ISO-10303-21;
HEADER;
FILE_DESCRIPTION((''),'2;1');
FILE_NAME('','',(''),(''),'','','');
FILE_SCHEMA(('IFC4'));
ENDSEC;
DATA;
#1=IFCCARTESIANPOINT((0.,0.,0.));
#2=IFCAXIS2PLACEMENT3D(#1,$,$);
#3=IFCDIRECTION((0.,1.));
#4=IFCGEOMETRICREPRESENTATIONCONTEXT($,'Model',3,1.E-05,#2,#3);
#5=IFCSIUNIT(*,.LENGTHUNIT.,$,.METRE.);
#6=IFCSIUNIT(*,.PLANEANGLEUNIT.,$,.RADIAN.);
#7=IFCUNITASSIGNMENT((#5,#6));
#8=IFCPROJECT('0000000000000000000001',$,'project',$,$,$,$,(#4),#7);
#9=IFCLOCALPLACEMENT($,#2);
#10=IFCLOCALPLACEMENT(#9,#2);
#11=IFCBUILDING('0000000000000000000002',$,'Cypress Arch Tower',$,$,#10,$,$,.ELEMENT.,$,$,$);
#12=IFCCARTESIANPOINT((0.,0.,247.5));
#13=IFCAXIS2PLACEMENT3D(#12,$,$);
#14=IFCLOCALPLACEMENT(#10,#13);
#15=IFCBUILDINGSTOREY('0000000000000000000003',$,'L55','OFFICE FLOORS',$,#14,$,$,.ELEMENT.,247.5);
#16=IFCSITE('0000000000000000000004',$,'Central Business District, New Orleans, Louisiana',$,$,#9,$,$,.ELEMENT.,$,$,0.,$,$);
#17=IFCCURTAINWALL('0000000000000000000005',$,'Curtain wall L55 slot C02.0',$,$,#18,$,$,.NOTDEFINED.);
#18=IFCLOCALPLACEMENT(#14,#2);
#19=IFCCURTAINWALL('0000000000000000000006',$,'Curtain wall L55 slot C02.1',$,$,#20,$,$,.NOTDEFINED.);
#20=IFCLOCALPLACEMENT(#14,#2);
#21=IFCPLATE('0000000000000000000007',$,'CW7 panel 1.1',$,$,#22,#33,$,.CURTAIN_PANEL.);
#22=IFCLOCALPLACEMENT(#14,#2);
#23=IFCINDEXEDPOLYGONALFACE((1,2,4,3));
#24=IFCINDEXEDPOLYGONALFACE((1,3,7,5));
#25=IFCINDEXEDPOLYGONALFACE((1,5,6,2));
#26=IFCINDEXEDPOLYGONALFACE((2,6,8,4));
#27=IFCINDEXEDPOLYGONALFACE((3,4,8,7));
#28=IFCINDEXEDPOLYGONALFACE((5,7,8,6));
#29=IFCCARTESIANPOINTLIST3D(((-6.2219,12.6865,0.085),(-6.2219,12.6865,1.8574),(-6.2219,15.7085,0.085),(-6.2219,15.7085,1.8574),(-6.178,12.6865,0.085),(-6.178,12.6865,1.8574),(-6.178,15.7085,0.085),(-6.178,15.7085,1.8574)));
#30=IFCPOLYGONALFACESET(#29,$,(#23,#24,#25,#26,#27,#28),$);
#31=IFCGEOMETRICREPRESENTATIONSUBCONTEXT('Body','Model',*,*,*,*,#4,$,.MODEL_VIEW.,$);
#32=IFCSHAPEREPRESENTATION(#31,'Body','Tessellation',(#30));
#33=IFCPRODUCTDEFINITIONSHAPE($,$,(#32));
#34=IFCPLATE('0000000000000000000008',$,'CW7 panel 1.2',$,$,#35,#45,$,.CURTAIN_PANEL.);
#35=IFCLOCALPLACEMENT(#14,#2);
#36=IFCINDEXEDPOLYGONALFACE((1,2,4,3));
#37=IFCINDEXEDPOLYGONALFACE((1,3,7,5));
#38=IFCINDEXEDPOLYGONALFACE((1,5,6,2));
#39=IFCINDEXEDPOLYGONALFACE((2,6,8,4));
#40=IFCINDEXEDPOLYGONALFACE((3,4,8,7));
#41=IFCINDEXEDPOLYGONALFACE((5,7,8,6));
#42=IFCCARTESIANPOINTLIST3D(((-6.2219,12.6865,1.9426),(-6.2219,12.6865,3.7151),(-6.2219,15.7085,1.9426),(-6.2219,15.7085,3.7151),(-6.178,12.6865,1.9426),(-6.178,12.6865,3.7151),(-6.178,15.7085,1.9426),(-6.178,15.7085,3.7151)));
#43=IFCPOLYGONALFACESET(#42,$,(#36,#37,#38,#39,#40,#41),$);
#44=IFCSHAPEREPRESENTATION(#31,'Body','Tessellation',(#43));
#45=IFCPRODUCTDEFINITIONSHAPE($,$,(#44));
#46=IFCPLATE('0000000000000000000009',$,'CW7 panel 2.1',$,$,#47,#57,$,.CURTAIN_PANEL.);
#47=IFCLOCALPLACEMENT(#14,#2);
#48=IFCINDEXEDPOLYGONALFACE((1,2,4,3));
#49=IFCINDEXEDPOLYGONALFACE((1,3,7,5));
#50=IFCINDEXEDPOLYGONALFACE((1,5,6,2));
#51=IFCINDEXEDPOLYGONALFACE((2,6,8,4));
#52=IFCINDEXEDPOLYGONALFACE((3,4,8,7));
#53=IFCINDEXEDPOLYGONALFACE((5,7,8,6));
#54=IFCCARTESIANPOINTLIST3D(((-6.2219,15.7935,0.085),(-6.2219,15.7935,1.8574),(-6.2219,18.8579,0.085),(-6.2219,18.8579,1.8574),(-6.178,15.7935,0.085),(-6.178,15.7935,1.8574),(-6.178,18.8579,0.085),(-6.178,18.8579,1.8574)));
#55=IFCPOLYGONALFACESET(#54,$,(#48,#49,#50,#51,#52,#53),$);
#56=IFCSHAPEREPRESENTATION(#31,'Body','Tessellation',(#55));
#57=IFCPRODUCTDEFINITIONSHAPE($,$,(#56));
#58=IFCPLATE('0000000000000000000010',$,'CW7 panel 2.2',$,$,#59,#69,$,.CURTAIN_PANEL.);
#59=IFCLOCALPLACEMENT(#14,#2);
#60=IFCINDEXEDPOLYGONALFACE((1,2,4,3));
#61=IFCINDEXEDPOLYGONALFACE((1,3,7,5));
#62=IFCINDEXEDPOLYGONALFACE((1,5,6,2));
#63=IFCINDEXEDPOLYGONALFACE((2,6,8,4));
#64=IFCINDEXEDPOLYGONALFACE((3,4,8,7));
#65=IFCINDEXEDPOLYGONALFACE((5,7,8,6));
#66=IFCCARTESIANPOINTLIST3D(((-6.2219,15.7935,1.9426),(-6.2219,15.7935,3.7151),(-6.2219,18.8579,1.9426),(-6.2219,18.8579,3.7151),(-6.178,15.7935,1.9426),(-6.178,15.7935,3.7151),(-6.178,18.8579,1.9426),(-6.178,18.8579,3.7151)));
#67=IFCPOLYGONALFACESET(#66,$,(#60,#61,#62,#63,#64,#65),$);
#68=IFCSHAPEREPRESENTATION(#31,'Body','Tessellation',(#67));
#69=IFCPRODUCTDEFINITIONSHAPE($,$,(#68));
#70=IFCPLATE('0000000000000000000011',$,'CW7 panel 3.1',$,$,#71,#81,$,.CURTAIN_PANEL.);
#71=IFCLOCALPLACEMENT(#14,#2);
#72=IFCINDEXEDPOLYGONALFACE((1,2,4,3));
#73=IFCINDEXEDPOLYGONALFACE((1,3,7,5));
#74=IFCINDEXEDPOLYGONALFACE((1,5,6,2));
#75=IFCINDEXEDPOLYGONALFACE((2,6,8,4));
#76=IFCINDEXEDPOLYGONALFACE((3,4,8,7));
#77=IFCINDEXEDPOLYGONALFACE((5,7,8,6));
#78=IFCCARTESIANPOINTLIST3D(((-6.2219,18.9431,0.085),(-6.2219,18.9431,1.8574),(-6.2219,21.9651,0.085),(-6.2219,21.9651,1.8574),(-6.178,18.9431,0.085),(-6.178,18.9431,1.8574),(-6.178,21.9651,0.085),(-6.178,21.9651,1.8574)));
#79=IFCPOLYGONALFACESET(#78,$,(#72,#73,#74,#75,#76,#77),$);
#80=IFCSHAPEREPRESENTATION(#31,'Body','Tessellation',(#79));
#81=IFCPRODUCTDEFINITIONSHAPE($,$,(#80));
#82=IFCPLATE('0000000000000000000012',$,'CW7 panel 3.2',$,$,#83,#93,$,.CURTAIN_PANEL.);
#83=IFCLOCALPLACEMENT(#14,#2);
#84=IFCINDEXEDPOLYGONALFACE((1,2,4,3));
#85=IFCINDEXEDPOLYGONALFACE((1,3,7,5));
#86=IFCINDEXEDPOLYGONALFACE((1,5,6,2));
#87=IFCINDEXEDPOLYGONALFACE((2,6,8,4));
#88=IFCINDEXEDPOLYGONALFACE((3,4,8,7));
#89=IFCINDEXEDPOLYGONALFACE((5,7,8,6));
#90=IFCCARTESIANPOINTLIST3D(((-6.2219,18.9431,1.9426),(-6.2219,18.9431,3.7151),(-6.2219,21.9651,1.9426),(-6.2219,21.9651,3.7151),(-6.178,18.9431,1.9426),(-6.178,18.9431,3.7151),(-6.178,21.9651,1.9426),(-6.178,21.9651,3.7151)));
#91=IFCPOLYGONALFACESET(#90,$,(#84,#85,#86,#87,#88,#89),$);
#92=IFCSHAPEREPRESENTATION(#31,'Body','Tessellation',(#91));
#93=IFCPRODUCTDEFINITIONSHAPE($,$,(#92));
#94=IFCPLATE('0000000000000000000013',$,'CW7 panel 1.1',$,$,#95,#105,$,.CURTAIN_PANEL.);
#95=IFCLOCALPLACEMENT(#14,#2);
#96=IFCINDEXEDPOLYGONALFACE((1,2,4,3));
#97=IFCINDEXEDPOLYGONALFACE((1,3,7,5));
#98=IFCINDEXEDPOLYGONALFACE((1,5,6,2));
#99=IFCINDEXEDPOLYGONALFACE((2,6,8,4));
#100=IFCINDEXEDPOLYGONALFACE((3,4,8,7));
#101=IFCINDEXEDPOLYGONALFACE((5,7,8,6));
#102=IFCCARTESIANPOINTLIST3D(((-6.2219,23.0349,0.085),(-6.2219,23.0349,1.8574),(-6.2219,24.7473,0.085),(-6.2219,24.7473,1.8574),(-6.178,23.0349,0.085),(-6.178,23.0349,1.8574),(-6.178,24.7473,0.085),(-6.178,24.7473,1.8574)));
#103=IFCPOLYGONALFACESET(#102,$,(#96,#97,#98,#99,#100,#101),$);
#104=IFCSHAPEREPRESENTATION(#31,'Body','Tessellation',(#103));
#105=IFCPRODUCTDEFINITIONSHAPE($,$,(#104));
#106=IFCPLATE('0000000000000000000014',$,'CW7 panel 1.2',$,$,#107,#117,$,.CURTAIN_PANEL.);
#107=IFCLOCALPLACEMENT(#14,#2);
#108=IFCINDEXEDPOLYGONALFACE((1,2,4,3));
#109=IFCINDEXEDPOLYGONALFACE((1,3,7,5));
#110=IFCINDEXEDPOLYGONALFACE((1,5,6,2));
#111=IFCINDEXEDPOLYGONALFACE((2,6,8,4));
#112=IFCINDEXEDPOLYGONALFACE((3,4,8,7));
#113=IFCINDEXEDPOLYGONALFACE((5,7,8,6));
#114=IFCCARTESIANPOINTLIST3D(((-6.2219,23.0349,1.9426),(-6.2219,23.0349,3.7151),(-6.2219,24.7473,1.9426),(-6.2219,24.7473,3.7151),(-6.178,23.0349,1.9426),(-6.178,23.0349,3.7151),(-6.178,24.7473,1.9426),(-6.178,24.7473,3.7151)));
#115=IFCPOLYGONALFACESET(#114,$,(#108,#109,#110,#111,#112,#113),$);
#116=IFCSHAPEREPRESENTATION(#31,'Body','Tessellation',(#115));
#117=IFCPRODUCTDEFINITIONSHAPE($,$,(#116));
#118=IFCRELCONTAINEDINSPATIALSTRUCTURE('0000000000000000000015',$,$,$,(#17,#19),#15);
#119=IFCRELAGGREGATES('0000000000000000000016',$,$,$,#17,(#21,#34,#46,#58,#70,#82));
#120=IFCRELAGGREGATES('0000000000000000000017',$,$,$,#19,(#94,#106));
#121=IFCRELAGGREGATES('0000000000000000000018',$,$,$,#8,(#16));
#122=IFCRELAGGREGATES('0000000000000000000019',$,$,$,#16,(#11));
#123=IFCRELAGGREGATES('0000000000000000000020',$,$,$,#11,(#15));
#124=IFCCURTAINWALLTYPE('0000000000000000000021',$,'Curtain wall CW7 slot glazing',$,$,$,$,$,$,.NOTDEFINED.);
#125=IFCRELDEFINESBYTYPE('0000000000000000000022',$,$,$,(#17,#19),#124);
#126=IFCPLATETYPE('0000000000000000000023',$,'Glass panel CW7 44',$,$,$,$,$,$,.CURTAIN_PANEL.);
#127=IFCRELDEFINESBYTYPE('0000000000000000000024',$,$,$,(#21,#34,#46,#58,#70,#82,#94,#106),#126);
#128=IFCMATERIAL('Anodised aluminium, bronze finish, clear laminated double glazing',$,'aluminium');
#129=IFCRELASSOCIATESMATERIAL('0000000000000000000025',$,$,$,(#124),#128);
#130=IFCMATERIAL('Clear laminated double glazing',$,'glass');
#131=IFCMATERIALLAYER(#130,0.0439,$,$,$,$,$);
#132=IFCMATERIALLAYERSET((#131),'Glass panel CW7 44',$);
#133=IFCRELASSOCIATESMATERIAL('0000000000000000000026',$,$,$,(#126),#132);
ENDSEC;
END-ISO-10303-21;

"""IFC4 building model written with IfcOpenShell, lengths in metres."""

from ifc_helpers import new_model, si_unit, direction, frame, origin, origin_2d, place, context, subcontext, project, spatial, rectangle, extrude, material, layer, layer_set, type_object, element, aggregate, save


model = new_model("IFC4")

# Units and contexts
model_context = context("Model", 3, precision=1e-05, world=origin(), true_north=direction((0.0, 1.0)))
body_context = subcontext(model_context, "Body", "Model", "MODEL_VIEW")
ifc_project = project(units=[si_unit("LENGTHUNIT", "METRE"), si_unit("PLANEANGLEUNIT", "RADIAN")], contexts=[model_context])

# Site, building, storey
site_placement = place(None, origin())
site = spatial("IfcSite", under=ifc_project, at=site_placement, Name="Central Business District, New Orleans, Louisiana", CompositionType="ELEMENT", RefElevation=0.0)
building_placement = place(site_placement, origin())
building = spatial("IfcBuilding", under=site, at=building_placement, Name="Cypress Arch Tower", CompositionType="ELEMENT")
storey_placement = place(building_placement, frame((0.0, 0.0, 247.5)))
storey = spatial("IfcBuildingStorey", under=building, at=storey_placement, Name="L55", Description="OFFICE FLOORS", CompositionType="ELEMENT", Elevation=247.5)

# Shared definitions
ifc_material_1 = material(Name="Anodised aluminium, bronze finish, clear laminated double glazing", Category="aluminium")
curtain_wall_type = type_object("IfcCurtainWallType", Name="Curtain wall CW7 slot glazing", PredefinedType="NOTDEFINED", material=ifc_material_1)

# Curtain walls
curtain_wall_1_placement = place(storey_placement, origin())
curtain_wall_1 = element("IfcCurtainWall", 1, at=curtain_wall_1_placement, inside=storey, type_object=curtain_wall_type, Name="Curtain wall L55 slot C02.0", PredefinedType="NOTDEFINED")
curtain_wall_2_placement = place(storey_placement, origin())
curtain_wall_2 = element("IfcCurtainWall", 2, at=curtain_wall_2_placement, inside=storey, type_object=curtain_wall_type, Name="Curtain wall L55 slot C02.1", PredefinedType="NOTDEFINED")

# Plates
ifc_material_2 = material(Name="Clear laminated double glazing", Category="glass")
ifc_layer = layer(ifc_material_2, 0.0439)
ifc_layer_set = layer_set([ifc_layer], Name="Glass panel CW7 44")
plate_type = type_object("IfcPlateType", Name="Glass panel CW7 44", PredefinedType="CURTAIN_PANEL", material=ifc_layer_set)
plate_1_placement = place(storey_placement, frame((-6.2, 14.1975, 0.085), z_axis=(0.0, 0.0, 1.0), x_axis=(0.0, 1.0, 0.0)))
plate_1 = element("IfcPlate", 3, at=plate_1_placement, type_object=plate_type, Name="CW7 panel 1.1", PredefinedType="CURTAIN_PANEL", context=body_context, shape_type="SweptSolid", body=[
    extrude(rectangle(XDim=3.022, YDim=0.0439, at=origin_2d()), origin(), (0.0, 0.0, 1.0), 1.7725),
])
plate_2_placement = place(storey_placement, frame((-6.2, 14.1975, 1.9426), z_axis=(0.0, 0.0, 1.0), x_axis=(0.0, 1.0, 0.0)))
plate_2 = element("IfcPlate", 4, at=plate_2_placement, type_object=plate_type, Name="CW7 panel 1.2", PredefinedType="CURTAIN_PANEL", context=body_context, shape_type="SweptSolid", body=[
    extrude(rectangle(XDim=3.022, YDim=0.0439, at=origin_2d()), origin(), (0.0, 0.0, 1.0), 1.7725),
])
plate_3_placement = place(storey_placement, frame((-6.2, 17.3257, 0.085), z_axis=(0.0, 0.0, 1.0), x_axis=(0.0, 1.0, 0.0)))
plate_3 = element("IfcPlate", 5, at=plate_3_placement, type_object=plate_type, Name="CW7 panel 2.1", PredefinedType="CURTAIN_PANEL", context=body_context, shape_type="SweptSolid", body=[
    extrude(rectangle(XDim=3.0645, YDim=0.0439, at=origin_2d()), origin(), (0.0, 0.0, 1.0), 1.7725),
])
plate_4_placement = place(storey_placement, frame((-6.2, 17.3257, 1.9426), z_axis=(0.0, 0.0, 1.0), x_axis=(0.0, 1.0, 0.0)))
plate_4 = element("IfcPlate", 6, at=plate_4_placement, type_object=plate_type, Name="CW7 panel 2.2", PredefinedType="CURTAIN_PANEL", context=body_context, shape_type="SweptSolid", body=[
    extrude(rectangle(XDim=3.0645, YDim=0.0439, at=origin_2d()), origin(), (0.0, 0.0, 1.0), 1.7725),
])
plate_5_placement = place(storey_placement, frame((-6.2, 20.4541, 0.085), z_axis=(0.0, 0.0, 1.0), x_axis=(0.0, 1.0, 0.0)))
plate_5 = element("IfcPlate", 7, at=plate_5_placement, type_object=plate_type, Name="CW7 panel 3.1", PredefinedType="CURTAIN_PANEL", context=body_context, shape_type="SweptSolid", body=[
    extrude(rectangle(XDim=3.022, YDim=0.0439, at=origin_2d()), origin(), (0.0, 0.0, 1.0), 1.7725),
])
plate_6_placement = place(storey_placement, frame((-6.2, 20.4541, 1.9426), z_axis=(0.0, 0.0, 1.0), x_axis=(0.0, 1.0, 0.0)))
plate_6 = element("IfcPlate", 8, at=plate_6_placement, type_object=plate_type, Name="CW7 panel 3.2", PredefinedType="CURTAIN_PANEL", context=body_context, shape_type="SweptSolid", body=[
    extrude(rectangle(XDim=3.022, YDim=0.0439, at=origin_2d()), origin(), (0.0, 0.0, 1.0), 1.7725),
])
aggregate(curtain_wall_1, [plate_1, plate_2, plate_3, plate_4, plate_5, plate_6])
plate_7_placement = place(storey_placement, frame((-6.2, 23.8911, 0.085), z_axis=(0.0, 0.0, 1.0), x_axis=(0.0, 1.0, 0.0)))
plate_7 = element("IfcPlate", 9, at=plate_7_placement, type_object=plate_type, Name="CW7 panel 1.1", PredefinedType="CURTAIN_PANEL", context=body_context, shape_type="SweptSolid", body=[
    extrude(rectangle(XDim=1.7124, YDim=0.0439, at=origin_2d()), origin(), (0.0, 0.0, 1.0), 1.7725),
])
plate_8_placement = place(storey_placement, frame((-6.2, 23.8911, 1.9426), z_axis=(0.0, 0.0, 1.0), x_axis=(0.0, 1.0, 0.0)))
plate_8 = element("IfcPlate", 10, at=plate_8_placement, type_object=plate_type, Name="CW7 panel 1.2", PredefinedType="CURTAIN_PANEL", context=body_context, shape_type="SweptSolid", body=[
    extrude(rectangle(XDim=1.7124, YDim=0.0439, at=origin_2d()), origin(), (0.0, 0.0, 1.0), 1.7725),
])
aggregate(curtain_wall_2, [plate_7, plate_8])

save(model, "model.ifc")
